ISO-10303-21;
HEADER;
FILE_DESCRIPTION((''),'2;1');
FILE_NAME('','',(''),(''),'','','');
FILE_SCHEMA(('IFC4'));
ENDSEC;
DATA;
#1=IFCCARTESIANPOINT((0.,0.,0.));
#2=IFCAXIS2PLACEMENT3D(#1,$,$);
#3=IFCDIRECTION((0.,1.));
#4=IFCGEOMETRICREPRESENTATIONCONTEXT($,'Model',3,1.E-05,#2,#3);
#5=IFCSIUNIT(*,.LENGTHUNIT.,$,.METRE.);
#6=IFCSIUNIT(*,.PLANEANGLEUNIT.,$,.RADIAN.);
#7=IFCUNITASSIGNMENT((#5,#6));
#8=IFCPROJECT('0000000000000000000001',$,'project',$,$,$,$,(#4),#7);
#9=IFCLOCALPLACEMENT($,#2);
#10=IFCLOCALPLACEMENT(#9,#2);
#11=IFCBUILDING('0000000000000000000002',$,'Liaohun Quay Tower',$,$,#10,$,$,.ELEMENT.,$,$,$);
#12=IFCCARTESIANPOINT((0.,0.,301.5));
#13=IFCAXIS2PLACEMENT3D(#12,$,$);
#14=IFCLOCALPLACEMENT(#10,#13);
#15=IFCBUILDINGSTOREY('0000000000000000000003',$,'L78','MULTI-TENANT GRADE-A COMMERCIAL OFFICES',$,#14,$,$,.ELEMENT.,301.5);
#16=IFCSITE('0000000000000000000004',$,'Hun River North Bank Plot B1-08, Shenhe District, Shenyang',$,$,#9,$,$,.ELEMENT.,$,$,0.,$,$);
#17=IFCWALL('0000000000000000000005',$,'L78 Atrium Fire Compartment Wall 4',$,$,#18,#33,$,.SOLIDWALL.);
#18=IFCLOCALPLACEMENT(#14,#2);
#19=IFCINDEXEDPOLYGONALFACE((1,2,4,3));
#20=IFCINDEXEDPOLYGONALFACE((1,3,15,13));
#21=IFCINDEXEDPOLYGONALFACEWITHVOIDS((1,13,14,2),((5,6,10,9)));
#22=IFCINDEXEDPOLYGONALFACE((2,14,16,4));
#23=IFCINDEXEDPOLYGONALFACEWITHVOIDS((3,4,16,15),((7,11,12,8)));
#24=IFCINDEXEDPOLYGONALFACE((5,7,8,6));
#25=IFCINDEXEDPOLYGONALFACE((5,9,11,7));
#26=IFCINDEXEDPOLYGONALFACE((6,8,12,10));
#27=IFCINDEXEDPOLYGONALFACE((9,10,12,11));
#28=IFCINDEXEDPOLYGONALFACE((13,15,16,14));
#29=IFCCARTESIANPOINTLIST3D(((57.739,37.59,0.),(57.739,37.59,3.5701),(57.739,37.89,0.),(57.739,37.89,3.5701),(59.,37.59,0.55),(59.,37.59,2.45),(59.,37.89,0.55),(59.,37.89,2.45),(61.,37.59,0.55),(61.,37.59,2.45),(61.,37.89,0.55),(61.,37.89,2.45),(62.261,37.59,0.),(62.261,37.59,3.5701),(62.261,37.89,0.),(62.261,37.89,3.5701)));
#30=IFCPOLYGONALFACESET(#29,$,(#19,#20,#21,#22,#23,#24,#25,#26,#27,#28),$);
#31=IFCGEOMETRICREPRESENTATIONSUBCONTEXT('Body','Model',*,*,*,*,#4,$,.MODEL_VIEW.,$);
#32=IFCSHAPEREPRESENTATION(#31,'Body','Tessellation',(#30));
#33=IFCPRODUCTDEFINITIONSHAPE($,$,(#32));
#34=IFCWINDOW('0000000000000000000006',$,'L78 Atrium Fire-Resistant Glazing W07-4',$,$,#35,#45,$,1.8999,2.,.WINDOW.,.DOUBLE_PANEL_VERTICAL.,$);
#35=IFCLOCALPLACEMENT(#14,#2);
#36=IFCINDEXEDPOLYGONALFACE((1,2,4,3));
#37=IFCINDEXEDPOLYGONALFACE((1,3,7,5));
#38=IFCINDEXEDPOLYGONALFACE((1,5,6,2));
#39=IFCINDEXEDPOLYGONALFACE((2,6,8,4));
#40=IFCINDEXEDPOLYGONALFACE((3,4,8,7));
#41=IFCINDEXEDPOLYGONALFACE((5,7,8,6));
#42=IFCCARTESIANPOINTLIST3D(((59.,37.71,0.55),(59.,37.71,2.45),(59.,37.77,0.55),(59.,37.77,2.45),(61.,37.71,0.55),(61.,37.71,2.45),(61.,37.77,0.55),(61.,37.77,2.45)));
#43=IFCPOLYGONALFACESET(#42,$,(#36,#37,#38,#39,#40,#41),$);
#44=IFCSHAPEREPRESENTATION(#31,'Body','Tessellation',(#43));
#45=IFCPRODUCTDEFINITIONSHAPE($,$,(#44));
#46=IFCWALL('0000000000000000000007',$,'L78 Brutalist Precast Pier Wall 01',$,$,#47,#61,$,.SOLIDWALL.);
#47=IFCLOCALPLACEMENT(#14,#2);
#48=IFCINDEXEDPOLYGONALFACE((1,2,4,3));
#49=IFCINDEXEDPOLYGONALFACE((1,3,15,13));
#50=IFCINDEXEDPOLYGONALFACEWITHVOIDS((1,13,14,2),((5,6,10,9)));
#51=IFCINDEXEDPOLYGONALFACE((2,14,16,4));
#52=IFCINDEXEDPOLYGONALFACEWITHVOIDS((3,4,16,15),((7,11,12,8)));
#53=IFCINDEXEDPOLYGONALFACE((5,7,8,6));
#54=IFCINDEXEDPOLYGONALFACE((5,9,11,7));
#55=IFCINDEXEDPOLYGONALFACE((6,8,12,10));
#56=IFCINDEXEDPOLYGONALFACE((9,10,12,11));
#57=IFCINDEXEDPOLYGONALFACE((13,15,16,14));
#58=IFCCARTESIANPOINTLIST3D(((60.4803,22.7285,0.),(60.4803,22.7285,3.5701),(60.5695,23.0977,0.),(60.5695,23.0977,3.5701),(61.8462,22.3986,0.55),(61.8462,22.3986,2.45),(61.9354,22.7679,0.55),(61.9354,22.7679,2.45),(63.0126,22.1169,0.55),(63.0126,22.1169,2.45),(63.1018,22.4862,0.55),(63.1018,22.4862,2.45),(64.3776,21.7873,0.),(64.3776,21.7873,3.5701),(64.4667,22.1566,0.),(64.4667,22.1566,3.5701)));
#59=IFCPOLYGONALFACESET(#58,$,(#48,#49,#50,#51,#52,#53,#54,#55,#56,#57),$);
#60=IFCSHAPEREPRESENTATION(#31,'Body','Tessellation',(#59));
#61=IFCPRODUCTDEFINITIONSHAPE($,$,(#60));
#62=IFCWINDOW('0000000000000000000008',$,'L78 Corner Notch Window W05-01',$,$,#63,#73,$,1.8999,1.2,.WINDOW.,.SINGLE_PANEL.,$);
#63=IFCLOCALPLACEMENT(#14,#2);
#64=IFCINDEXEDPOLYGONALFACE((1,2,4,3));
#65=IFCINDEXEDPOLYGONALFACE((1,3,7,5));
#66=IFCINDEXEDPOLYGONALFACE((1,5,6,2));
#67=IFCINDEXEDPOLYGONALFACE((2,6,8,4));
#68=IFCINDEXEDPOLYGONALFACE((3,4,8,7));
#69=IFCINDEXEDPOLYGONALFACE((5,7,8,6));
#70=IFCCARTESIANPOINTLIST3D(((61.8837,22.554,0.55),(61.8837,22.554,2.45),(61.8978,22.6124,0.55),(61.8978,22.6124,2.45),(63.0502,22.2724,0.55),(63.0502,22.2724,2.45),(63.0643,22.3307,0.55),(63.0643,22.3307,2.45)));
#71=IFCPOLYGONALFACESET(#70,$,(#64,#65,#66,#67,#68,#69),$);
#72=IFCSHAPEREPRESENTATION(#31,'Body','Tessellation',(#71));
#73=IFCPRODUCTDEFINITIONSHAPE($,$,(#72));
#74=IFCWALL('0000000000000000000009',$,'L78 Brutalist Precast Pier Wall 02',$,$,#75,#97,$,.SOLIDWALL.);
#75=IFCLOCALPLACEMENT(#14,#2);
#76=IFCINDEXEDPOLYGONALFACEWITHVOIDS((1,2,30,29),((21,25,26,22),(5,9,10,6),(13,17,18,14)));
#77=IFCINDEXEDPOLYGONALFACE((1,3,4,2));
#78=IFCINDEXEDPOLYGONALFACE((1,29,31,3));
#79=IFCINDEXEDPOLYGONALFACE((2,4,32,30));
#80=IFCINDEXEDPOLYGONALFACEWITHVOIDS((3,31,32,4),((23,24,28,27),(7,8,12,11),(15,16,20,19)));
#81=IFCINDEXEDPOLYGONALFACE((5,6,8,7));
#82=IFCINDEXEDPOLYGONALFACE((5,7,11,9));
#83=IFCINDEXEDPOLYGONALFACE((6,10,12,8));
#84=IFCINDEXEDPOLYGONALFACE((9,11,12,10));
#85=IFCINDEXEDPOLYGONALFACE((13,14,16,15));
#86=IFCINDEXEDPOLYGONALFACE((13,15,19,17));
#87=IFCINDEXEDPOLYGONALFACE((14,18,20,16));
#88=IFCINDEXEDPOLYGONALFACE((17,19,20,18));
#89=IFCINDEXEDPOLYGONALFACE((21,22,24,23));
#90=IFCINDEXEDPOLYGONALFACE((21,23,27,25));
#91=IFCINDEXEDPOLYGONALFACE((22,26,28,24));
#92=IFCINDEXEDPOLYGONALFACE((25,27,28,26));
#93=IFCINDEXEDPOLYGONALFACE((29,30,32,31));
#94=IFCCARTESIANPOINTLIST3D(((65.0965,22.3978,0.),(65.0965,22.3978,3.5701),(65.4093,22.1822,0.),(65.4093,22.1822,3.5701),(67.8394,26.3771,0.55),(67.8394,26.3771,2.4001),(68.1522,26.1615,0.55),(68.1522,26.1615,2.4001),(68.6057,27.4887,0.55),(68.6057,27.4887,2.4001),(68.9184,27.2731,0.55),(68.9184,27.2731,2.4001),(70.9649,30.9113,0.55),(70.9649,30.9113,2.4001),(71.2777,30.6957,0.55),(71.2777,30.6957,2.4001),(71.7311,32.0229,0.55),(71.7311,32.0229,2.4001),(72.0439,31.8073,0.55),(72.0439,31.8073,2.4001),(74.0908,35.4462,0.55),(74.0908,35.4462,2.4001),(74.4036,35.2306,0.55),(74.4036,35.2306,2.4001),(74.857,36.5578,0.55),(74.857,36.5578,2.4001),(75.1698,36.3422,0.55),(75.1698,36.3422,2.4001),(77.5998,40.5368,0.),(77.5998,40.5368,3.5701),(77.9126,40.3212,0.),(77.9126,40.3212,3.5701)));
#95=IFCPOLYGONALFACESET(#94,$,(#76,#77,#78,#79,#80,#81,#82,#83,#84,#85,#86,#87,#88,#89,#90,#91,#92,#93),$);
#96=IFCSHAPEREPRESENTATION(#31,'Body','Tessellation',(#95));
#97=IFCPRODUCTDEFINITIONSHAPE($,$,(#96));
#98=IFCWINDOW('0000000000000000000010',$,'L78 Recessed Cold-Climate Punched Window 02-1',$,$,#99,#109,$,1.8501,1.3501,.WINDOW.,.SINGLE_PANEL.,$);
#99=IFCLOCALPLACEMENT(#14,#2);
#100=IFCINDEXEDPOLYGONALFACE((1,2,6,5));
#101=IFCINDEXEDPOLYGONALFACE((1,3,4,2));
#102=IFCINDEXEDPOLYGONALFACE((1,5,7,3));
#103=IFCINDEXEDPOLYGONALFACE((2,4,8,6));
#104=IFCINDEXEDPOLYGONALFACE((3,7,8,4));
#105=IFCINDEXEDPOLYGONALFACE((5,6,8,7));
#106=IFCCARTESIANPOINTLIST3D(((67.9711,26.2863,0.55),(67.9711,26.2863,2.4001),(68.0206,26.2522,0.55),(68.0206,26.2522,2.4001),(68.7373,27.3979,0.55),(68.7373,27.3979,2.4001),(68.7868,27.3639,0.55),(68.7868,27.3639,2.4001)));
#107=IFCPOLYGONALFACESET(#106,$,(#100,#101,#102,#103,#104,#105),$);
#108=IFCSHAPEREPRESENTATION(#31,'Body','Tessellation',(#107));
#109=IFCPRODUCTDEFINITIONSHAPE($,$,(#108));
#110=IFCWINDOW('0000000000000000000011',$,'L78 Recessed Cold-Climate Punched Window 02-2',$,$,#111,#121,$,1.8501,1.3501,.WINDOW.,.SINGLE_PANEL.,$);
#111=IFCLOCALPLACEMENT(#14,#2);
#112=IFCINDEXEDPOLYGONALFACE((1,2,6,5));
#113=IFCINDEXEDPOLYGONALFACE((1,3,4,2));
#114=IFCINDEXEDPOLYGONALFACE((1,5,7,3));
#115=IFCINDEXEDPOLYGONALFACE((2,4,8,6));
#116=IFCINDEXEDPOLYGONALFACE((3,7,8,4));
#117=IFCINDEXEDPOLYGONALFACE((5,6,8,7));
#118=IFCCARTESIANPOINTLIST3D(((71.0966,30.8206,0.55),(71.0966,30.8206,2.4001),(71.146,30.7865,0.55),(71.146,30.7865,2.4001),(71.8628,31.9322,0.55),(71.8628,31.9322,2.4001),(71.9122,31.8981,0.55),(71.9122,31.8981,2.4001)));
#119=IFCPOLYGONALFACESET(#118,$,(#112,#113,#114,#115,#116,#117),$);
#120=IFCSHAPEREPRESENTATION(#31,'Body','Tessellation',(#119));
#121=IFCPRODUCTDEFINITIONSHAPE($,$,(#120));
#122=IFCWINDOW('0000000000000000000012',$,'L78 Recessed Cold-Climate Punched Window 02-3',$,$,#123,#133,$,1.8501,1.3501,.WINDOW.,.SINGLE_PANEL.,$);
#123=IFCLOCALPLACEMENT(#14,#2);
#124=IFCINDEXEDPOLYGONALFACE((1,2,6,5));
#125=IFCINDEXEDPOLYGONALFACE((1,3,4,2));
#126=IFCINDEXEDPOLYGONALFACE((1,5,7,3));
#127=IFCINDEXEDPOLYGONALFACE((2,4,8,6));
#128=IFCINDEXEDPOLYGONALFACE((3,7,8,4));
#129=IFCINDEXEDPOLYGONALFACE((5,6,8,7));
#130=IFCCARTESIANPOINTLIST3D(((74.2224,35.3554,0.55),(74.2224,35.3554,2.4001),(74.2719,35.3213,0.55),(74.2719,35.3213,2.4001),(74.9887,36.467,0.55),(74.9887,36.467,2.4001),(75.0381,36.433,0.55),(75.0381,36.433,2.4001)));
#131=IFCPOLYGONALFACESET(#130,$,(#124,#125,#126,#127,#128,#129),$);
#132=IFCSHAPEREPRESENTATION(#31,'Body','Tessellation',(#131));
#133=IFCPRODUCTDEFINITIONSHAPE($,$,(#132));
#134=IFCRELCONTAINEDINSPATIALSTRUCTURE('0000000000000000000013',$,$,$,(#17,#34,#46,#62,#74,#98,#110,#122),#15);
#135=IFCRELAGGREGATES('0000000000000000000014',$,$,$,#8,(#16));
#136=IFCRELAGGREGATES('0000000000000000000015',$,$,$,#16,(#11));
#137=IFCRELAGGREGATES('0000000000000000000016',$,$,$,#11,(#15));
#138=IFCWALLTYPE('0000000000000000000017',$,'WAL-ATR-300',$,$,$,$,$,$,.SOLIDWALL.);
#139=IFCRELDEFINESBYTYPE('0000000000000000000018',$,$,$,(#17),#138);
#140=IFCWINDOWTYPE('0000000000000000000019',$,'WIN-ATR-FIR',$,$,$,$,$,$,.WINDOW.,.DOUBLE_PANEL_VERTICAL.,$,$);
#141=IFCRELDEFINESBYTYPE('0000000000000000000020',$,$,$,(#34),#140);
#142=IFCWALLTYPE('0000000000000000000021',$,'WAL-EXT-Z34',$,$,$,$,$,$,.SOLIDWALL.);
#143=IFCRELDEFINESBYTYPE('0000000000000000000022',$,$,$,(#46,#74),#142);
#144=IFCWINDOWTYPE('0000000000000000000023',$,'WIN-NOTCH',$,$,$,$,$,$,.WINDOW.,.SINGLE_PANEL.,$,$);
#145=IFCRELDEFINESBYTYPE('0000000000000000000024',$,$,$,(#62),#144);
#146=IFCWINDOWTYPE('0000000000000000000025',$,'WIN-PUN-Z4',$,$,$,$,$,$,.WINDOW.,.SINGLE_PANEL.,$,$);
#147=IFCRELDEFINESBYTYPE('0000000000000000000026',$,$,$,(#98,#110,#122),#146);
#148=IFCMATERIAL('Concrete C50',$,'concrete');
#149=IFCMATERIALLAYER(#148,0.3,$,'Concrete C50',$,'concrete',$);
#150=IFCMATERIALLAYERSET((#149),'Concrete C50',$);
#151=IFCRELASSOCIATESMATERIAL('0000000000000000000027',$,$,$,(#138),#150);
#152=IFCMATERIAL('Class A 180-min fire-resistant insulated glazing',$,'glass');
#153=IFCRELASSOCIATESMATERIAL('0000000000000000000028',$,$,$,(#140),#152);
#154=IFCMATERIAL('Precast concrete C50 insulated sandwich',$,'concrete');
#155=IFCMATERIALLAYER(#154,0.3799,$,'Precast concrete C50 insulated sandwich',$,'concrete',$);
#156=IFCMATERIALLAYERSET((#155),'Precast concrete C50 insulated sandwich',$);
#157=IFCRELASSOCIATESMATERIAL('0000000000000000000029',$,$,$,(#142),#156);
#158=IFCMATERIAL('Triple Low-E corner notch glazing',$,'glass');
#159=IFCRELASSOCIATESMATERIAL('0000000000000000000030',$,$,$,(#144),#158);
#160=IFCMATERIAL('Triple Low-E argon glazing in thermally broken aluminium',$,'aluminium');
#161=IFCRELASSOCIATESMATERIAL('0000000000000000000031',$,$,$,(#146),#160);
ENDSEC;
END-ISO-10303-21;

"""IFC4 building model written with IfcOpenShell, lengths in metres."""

from ifc_helpers import new_model, si_unit, direction, frame, frame_2d, origin, place, context, subcontext, project, spatial, rectangle, extrude, source, transform, mapped, material, layer, layer_set, type_object, element, fill, save


model = new_model("IFC4")

# Units and contexts
model_context = context("Model", 3, precision=1e-05, world=origin(), true_north=direction((0.0, 1.0)))
body_context = subcontext(model_context, "Body", "Model", "MODEL_VIEW")
ifc_project = project(units=[si_unit("LENGTHUNIT", "METRE"), si_unit("PLANEANGLEUNIT", "RADIAN")], contexts=[model_context])

# Site, building, storey
site_placement = place(None, origin())
site = spatial("IfcSite", under=ifc_project, at=site_placement, Name="Hun River North Bank Plot B1-08, Shenhe District, Shenyang", CompositionType="ELEMENT", RefElevation=0.0)
building_placement = place(site_placement, origin())
building = spatial("IfcBuilding", under=site, at=building_placement, Name="Liaohun Quay Tower", CompositionType="ELEMENT")
storey_placement = place(building_placement, frame((0.0, 0.0, 301.5)))
storey = spatial("IfcBuildingStorey", under=building, at=storey_placement, Name="L78", Description="MULTI-TENANT GRADE-A COMMERCIAL OFFICES", CompositionType="ELEMENT", Elevation=301.5)

# Shared definitions
ifc_material_1 = material(Name="Concrete C50", Category="concrete")

# Walls, openings, windows
ifc_layer_1 = layer(ifc_material_1, 0.3, Name="Concrete C50", Category="concrete")
ifc_layer_set_1 = layer_set([ifc_layer_1], Name="Concrete C50")
wall_type_1 = type_object("IfcWallType", Name="WAL-ATR-300", PredefinedType="SOLIDWALL", material=ifc_layer_set_1)
shared_shape_1 = source(origin(), body_context, "Body", "SweptSolid", [
    extrude(rectangle(XDim=2.0, YDim=1.8999, at=frame_2d((1.0, 0.95))), frame((0.0, 0.1599, 0.0), z_axis=(0.0, -1.0, 0.0), x_axis=(1.0, 0.0, 0.0)), (0.0, 0.0, 1.0), 0.3201),
])
ifc_material_2 = material(Name="Class A 180-min fire-resistant insulated glazing", Category="glass")
window_type_1 = type_object("IfcWindowType", Name="WIN-ATR-FIR", PartitioningType="DOUBLE_PANEL_VERTICAL", PredefinedType="WINDOW", material=ifc_material_2)
shared_shape_2 = source(origin(), body_context, "Body", "SweptSolid", [
    extrude(rectangle(XDim=2.0, YDim=1.8999, at=frame_2d((1.0, 0.95))), frame((0.0, 0.03, 0.0), z_axis=(0.0, -1.0, 0.0), x_axis=(1.0, 0.0, 0.0)), (0.0, 0.0, 1.0), 0.0601),
])
wall_1_placement = place(storey_placement, frame((62.261, 37.74, 0.0), z_axis=(0.0, 0.0, 1.0), x_axis=(-1.0, 0.0, 0.0)))
wall_1 = element("IfcWall", 1, at=wall_1_placement, inside=storey, type_object=wall_type_1, Name="L78 Atrium Fire Compartment Wall 4", PredefinedType="SOLIDWALL", context=body_context, shape_type="SweptSolid", body=[
    extrude(rectangle(XDim=4.522, YDim=0.3, at=frame_2d((2.261, 0.0))), origin(), (0.0, 0.0, 1.0), 3.5701),
])
opening_1_placement = place(wall_1_placement, frame((1.261, 0.0, 0.55)))
opening_1 = element("IfcOpeningElement", 2, at=opening_1_placement, cuts=wall_1, PredefinedType="OPENING", context=body_context, shape_type="MappedRepresentation", body=[
    mapped(shared_shape_1, transform((0.0, 0.0, 0.0), x_axis=(1.0, 0.0, 0.0), y_axis=(0.0, 1.0, 0.0), z_axis=(0.0, 0.0, 1.0), scale=1.0)),
])
window_1_placement = place(opening_1_placement, origin())
window_1 = element("IfcWindow", 3, at=window_1_placement, inside=storey, type_object=window_type_1, Name="L78 Atrium Fire-Resistant Glazing W07-4", OverallHeight=1.8999, OverallWidth=2.0, PartitioningType="DOUBLE_PANEL_VERTICAL", PredefinedType="WINDOW", context=body_context, shape_type="MappedRepresentation", body=[
    mapped(shared_shape_2, transform((0.0, 0.0, 0.0), x_axis=(1.0, 0.0, 0.0), y_axis=(0.0, 1.0, 0.0), z_axis=(0.0, 0.0, 1.0), scale=1.0)),
])
fill(opening_1, window_1)
ifc_material_3 = material(Name="Precast concrete C50 insulated sandwich", Category="concrete")
ifc_layer_2 = layer(ifc_material_3, 0.3799, Name="Precast concrete C50 insulated sandwich", Category="concrete")
ifc_layer_set_2 = layer_set([ifc_layer_2], Name="Precast concrete C50 insulated sandwich")
wall_type_2 = type_object("IfcWallType", Name="WAL-EXT-Z34", PredefinedType="SOLIDWALL", material=ifc_layer_set_2)
wall_2_placement = place(storey_placement, frame((60.5249, 22.9131, 0.0), z_axis=(0.0, 0.0, 1.0), x_axis=(0.972056, -0.234748, 0.0)))
wall_2 = element("IfcWall", 4, at=wall_2_placement, inside=storey, type_object=wall_type_2, Name="L78 Brutalist Precast Pier Wall 01", PredefinedType="SOLIDWALL", context=body_context, shape_type="SweptSolid", body=[
    extrude(rectangle(XDim=4.0093, YDim=0.3799, at=frame_2d((2.0046, 0.0))), origin(), (0.0, 0.0, 1.0), 3.5701),
])
shared_shape_3 = source(origin(), body_context, "Body", "SweptSolid", [
    extrude(rectangle(XDim=1.2, YDim=1.8999, at=frame_2d((0.6001, 0.95))), frame((0.0, 0.2, 0.0), z_axis=(0.0, -1.0, 0.0), x_axis=(1.0, 0.0, 0.0)), (0.0, 0.0, 1.0), 0.3999),
])
opening_2_placement = place(wall_2_placement, frame((1.405, 0.0, 0.55)))
opening_2 = element("IfcOpeningElement", 5, at=opening_2_placement, cuts=wall_2, PredefinedType="OPENING", context=body_context, shape_type="MappedRepresentation", body=[
    mapped(shared_shape_3, transform((0.0, 0.0, 0.0), x_axis=(1.0, 0.0, 0.0), y_axis=(0.0, 1.0, 0.0), z_axis=(0.0, 0.0, 1.0), scale=1.0)),
])
ifc_material_4 = material(Name="Triple Low-E corner notch glazing", Category="glass")
window_type_2 = type_object("IfcWindowType", Name="WIN-NOTCH", PartitioningType="SINGLE_PANEL", PredefinedType="WINDOW", material=ifc_material_4)
shared_shape_4 = source(origin(), body_context, "Body", "SweptSolid", [
    extrude(rectangle(XDim=1.2, YDim=1.8999, at=frame_2d((0.6001, 0.95))), frame((0.0, 0.03, 0.0), z_axis=(0.0, -1.0, 0.0), x_axis=(1.0, 0.0, 0.0)), (0.0, 0.0, 1.0), 0.0601),
])
window_2_placement = place(opening_2_placement, origin())
window_2 = element("IfcWindow", 6, at=window_2_placement, inside=storey, type_object=window_type_2, Name="L78 Corner Notch Window W05-01", OverallHeight=1.8999, OverallWidth=1.2, PartitioningType="SINGLE_PANEL", PredefinedType="WINDOW", context=body_context, shape_type="MappedRepresentation", body=[
    mapped(shared_shape_4, transform((0.0, 0.0, 0.0), x_axis=(1.0, 0.0, 0.0), y_axis=(0.0, 1.0, 0.0), z_axis=(0.0, 0.0, 1.0), scale=1.0)),
])
fill(opening_2, window_2)

# Wall, openings, windows
wall_3_placement = place(storey_placement, frame((65.2529, 22.29, 0.0), z_axis=(0.0, 0.0, 1.0), x_axis=(0.567535, 0.823349, 0.0)))
wall_3 = element("IfcWall", 7, at=wall_3_placement, inside=storey, type_object=wall_type_2, Name="L78 Brutalist Precast Pier Wall 02", PredefinedType="SOLIDWALL", context=body_context, shape_type="SweptSolid", body=[
    extrude(rectangle(XDim=22.0308, YDim=0.3799, at=frame_2d((11.0154, 0.0))), origin(), (0.0, 0.0, 1.0), 3.5701),
])
shared_shape_5 = source(origin(), body_context, "Body", "SweptSolid", [
    extrude(rectangle(XDim=1.3501, YDim=1.8501, at=frame_2d((0.675, 0.925))), frame((0.0, 0.2, 0.0), z_axis=(0.0, -1.0, 0.0), x_axis=(1.0, 0.0, 0.0)), (0.0, 0.0, 1.0), 0.3999),
])
opening_3_placement = place(wall_3_placement, frame((4.833, 0.0, 0.55)))
opening_3 = element("IfcOpeningElement", 8, at=opening_3_placement, cuts=wall_3, PredefinedType="OPENING", context=body_context, shape_type="MappedRepresentation", body=[
    mapped(shared_shape_5, transform((0.0, 0.0, 0.0), x_axis=(1.0, 0.0, 0.0), y_axis=(0.0, 1.0, 0.0), z_axis=(0.0, 0.0, 1.0), scale=1.0)),
])
opening_4_placement = place(wall_3_placement, frame((10.3401, 0.0, 0.55)))
opening_4 = element("IfcOpeningElement", 9, at=opening_4_placement, cuts=wall_3, PredefinedType="OPENING", context=body_context, shape_type="MappedRepresentation", body=[
    mapped(shared_shape_5, transform((0.0, 0.0, 0.0), x_axis=(1.0, 0.0, 0.0), y_axis=(0.0, 1.0, 0.0), z_axis=(0.0, 0.0, 1.0), scale=1.0)),
])
opening_5_placement = place(wall_3_placement, frame((15.8479, 0.0, 0.55)))
opening_5 = element("IfcOpeningElement", 10, at=opening_5_placement, cuts=wall_3, PredefinedType="OPENING", context=body_context, shape_type="MappedRepresentation", body=[
    mapped(shared_shape_5, transform((0.0, 0.0, 0.0), x_axis=(1.0, 0.0, 0.0), y_axis=(0.0, 1.0, 0.0), z_axis=(0.0, 0.0, 1.0), scale=1.0)),
])
ifc_material_5 = material(Name="Triple Low-E argon glazing in thermally broken aluminium", Category="aluminium")
window_type_3 = type_object("IfcWindowType", Name="WIN-PUN-Z4", PartitioningType="SINGLE_PANEL", PredefinedType="WINDOW", material=ifc_material_5)
shared_shape_6 = source(origin(), body_context, "Body", "SweptSolid", [
    extrude(rectangle(XDim=1.3501, YDim=1.8501, at=frame_2d((0.675, 0.925))), frame((0.0, 0.03, 0.0), z_axis=(0.0, -1.0, 0.0), x_axis=(1.0, 0.0, 0.0)), (0.0, 0.0, 1.0), 0.0601),
])
window_3_placement = place(opening_3_placement, origin())
window_3 = element("IfcWindow", 11, at=window_3_placement, inside=storey, type_object=window_type_3, Name="L78 Recessed Cold-Climate Punched Window 02-1", OverallHeight=1.8501, OverallWidth=1.3501, PartitioningType="SINGLE_PANEL", PredefinedType="WINDOW", context=body_context, shape_type="MappedRepresentation", body=[
    mapped(shared_shape_6, transform((0.0, 0.0, 0.0), x_axis=(1.0, 0.0, 0.0), y_axis=(0.0, 1.0, 0.0), z_axis=(0.0, 0.0, 1.0), scale=1.0)),
])
fill(opening_3, window_3)
window_4_placement = place(opening_4_placement, origin())
window_4 = element("IfcWindow", 12, at=window_4_placement, inside=storey, type_object=window_type_3, Name="L78 Recessed Cold-Climate Punched Window 02-2", OverallHeight=1.8501, OverallWidth=1.3501, PartitioningType="SINGLE_PANEL", PredefinedType="WINDOW", context=body_context, shape_type="MappedRepresentation", body=[
    mapped(shared_shape_6, transform((0.0, 0.0, 0.0), x_axis=(1.0, 0.0, 0.0), y_axis=(0.0, 1.0, 0.0), z_axis=(0.0, 0.0, 1.0), scale=1.0)),
])
fill(opening_4, window_4)
window_5_placement = place(opening_5_placement, origin())
window_5 = element("IfcWindow", 13, at=window_5_placement, inside=storey, type_object=window_type_3, Name="L78 Recessed Cold-Climate Punched Window 02-3", OverallHeight=1.8501, OverallWidth=1.3501, PartitioningType="SINGLE_PANEL", PredefinedType="WINDOW", context=body_context, shape_type="MappedRepresentation", body=[
    mapped(shared_shape_6, transform((0.0, 0.0, 0.0), x_axis=(1.0, 0.0, 0.0), y_axis=(0.0, 1.0, 0.0), z_axis=(0.0, 0.0, 1.0), scale=1.0)),
])
fill(opening_5, window_5)

save(model, "model.ifc")
